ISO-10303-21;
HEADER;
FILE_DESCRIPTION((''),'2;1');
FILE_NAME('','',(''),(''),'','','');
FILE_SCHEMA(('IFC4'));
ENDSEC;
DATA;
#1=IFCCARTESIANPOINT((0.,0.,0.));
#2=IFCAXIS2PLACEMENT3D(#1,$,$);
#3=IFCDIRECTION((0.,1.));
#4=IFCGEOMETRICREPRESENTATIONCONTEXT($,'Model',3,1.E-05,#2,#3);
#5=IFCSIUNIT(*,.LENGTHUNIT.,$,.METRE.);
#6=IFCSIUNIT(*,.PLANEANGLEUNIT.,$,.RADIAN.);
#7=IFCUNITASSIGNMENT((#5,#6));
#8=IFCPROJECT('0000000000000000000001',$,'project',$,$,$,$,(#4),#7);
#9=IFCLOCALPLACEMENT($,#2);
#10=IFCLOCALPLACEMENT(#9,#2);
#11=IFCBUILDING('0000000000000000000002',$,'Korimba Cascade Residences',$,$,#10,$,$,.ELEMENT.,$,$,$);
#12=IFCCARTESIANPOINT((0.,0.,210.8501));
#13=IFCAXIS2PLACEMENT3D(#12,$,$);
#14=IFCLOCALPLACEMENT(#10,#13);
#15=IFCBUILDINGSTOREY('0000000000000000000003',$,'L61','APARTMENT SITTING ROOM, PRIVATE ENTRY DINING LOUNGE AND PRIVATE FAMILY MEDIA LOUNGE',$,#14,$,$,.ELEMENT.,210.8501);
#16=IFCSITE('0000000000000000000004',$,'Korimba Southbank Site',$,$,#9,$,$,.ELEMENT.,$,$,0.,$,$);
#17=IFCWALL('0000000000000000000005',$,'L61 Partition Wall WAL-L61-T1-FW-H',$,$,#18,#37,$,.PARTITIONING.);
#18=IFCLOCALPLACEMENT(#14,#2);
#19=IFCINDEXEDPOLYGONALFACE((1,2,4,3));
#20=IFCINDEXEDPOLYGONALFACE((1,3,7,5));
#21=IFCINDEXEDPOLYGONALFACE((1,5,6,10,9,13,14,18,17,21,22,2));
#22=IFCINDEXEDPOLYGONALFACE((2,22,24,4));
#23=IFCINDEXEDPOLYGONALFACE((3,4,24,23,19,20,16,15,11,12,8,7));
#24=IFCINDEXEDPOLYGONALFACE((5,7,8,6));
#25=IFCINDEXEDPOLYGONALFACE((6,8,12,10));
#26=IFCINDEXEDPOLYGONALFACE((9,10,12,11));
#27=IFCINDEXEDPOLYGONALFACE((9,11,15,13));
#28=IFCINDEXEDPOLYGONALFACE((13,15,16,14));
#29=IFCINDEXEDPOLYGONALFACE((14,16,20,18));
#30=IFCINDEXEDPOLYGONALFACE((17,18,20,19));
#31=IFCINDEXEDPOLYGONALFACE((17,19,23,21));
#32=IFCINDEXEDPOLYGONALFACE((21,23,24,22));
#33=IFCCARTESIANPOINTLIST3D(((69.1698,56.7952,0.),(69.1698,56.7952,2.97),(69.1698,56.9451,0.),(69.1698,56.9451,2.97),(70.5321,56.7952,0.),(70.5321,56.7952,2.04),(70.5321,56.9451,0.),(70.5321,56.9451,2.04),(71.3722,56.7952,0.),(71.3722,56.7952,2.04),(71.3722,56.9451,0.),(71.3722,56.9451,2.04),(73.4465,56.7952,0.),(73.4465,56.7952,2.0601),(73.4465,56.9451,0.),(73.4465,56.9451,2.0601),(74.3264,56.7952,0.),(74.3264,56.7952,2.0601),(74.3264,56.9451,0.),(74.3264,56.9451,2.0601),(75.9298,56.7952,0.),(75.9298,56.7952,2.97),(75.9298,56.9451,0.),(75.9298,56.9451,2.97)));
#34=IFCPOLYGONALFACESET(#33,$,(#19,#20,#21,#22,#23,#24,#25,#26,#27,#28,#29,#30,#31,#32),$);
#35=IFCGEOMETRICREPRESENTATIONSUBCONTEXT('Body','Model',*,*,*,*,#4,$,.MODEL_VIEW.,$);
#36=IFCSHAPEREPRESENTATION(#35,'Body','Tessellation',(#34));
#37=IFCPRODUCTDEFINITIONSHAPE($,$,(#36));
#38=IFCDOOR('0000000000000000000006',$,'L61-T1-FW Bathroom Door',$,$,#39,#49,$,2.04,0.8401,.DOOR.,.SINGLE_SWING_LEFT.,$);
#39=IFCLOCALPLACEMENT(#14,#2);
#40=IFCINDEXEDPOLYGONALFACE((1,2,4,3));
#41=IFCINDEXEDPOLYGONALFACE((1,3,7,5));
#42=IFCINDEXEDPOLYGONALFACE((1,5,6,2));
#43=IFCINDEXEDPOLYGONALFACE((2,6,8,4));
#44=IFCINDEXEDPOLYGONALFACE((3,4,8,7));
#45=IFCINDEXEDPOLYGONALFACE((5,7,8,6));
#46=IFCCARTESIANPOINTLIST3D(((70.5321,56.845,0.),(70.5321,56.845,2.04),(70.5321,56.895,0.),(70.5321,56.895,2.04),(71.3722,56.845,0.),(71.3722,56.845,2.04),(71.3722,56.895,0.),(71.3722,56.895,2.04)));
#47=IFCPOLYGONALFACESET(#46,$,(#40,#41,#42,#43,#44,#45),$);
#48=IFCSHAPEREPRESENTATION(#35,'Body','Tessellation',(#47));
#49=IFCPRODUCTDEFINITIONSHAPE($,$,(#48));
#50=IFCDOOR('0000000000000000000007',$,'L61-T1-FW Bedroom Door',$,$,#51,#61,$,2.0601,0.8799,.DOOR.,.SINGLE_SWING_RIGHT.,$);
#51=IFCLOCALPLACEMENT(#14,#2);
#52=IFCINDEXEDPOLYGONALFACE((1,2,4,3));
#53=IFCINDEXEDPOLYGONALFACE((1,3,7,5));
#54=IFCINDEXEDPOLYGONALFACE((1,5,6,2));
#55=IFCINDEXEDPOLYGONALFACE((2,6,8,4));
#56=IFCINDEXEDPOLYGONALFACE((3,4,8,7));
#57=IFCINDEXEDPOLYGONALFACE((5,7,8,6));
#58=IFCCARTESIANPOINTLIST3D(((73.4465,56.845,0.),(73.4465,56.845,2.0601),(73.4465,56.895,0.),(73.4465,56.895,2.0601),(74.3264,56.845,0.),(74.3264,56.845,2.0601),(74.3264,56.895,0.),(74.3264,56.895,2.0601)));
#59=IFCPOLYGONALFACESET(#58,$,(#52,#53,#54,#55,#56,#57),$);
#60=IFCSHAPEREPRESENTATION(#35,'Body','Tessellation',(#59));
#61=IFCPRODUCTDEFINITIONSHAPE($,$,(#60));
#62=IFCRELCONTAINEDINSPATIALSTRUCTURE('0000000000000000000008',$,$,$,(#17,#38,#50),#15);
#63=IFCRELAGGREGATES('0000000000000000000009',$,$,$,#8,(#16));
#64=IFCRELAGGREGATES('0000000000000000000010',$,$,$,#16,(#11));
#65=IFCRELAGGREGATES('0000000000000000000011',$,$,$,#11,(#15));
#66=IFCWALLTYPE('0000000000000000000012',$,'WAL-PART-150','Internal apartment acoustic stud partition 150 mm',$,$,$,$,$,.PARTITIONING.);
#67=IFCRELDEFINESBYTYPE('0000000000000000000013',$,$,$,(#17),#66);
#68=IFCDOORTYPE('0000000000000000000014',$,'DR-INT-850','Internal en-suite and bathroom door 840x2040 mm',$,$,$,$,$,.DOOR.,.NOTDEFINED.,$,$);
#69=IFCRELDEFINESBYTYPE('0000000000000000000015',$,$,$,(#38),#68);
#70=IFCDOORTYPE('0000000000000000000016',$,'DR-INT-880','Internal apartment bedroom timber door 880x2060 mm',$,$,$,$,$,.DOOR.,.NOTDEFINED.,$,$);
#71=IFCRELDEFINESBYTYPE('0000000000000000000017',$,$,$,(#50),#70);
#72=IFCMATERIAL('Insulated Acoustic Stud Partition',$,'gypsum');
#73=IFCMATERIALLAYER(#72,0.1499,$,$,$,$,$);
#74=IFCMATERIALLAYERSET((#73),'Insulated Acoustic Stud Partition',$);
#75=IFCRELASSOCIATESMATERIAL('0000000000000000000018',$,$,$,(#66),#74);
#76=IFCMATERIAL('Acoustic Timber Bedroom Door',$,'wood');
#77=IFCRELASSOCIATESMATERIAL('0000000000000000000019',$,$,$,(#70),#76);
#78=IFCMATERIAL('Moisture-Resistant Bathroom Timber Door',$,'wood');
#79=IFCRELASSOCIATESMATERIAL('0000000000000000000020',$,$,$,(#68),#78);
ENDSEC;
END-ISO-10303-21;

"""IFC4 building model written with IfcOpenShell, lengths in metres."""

from ifc_helpers import new_model, si_unit, direction, frame, frame_2d, origin, place, context, subcontext, project, spatial, rectangle, extrude, material, layer, layer_set, type_object, element, fill, save


model = new_model("IFC4")

# Units and contexts
model_context = context("Model", 3, precision=1e-05, world=origin(), true_north=direction((0.0, 1.0)))
body_context = subcontext(model_context, "Body", "Model", "MODEL_VIEW")
ifc_project = project(units=[si_unit("LENGTHUNIT", "METRE"), si_unit("PLANEANGLEUNIT", "RADIAN")], contexts=[model_context])

# Site, building, storey
site_placement = place(None, origin())
site = spatial("IfcSite", under=ifc_project, at=site_placement, Name="Korimba Southbank Site", CompositionType="ELEMENT", RefElevation=0.0)
building_placement = place(site_placement, origin())
building = spatial("IfcBuilding", under=site, at=building_placement, Name="Korimba Cascade Residences", CompositionType="ELEMENT")
storey_placement = place(building_placement, frame((0.0, 0.0, 210.8501)))
storey = spatial("IfcBuildingStorey", under=building, at=storey_placement, Name="L61", Description="APARTMENT SITTING ROOM, PRIVATE ENTRY DINING LOUNGE AND PRIVATE FAMILY MEDIA LOUNGE", CompositionType="ELEMENT", Elevation=210.8501)

# Shared definitions
ifc_material_1 = material(Name="Insulated Acoustic Stud Partition", Category="gypsum")
ifc_layer_1 = layer(ifc_material_1, 0.1499)
ifc_layer_set_1 = layer_set([ifc_layer_1], Name="Insulated Acoustic Stud Partition")
wall_type_1 = type_object("IfcWallType", Name="WAL-PART-150", Description="Internal apartment acoustic stud partition 150 mm", PredefinedType="PARTITIONING", material=ifc_layer_set_1)
ifc_material_2 = material(Name="Acoustic Timber Bedroom Door", Category="wood")
door_type_1 = type_object("IfcDoorType", Name="DR-INT-880", Description="Internal apartment bedroom timber door 880x2060 mm", OperationType="NOTDEFINED", PredefinedType="DOOR", material=ifc_material_2)

# Wall, openings, doors
wall_1_placement = place(storey_placement, frame((69.1699, 56.8701, 0.0), z_axis=(0.0, 0.0, 1.0), x_axis=(1.0, 0.0, 0.0)))
wall_1 = element("IfcWall", 1, at=wall_1_placement, inside=storey, type_object=wall_type_1, Name="L61 Partition Wall WAL-L61-T1-FW-H", PredefinedType="PARTITIONING", context=body_context, shape_type="SweptSolid", body=[
    extrude(rectangle(XDim=6.76, YDim=0.1499, at=frame_2d((3.3799, 0.0))), origin(), (0.0, 0.0, 1.0), 2.97),
])
opening_1_placement = place(wall_1_placement, frame((1.3623, 0.0, 0.0)))
opening_1 = element("IfcOpeningElement", 2, at=opening_1_placement, cuts=wall_1, PredefinedType="OPENING", context=body_context, shape_type="SweptSolid", body=[
    extrude(rectangle(XDim=0.8401, YDim=2.04, at=frame_2d((0.4199, 1.02))), frame((0.0, 0.085, 0.0), z_axis=(0.0, -1.0, 0.0), x_axis=(1.0, 0.0, 0.0)), (0.0, 0.0, 1.0), 0.1699),
])
opening_2_placement = place(wall_1_placement, frame((4.2766, 0.0, 0.0)))
opening_2 = element("IfcOpeningElement", 3, at=opening_2_placement, cuts=wall_1, PredefinedType="OPENING", context=body_context, shape_type="SweptSolid", body=[
    extrude(rectangle(XDim=0.8799, YDim=2.0601, at=frame_2d((0.4399, 1.03))), frame((0.0, 0.085, 0.0), z_axis=(0.0, -1.0, 0.0), x_axis=(1.0, 0.0, 0.0)), (0.0, 0.0, 1.0), 0.1699),
])
ifc_material_3 = material(Name="Moisture-Resistant Bathroom Timber Door", Category="wood")
door_type_2 = type_object("IfcDoorType", Name="DR-INT-850", Description="Internal en-suite and bathroom door 840x2040 mm", OperationType="NOTDEFINED", PredefinedType="DOOR", material=ifc_material_3)
door_1_placement = place(opening_1_placement, origin())
door_1 = element("IfcDoor", 4, at=door_1_placement, inside=storey, type_object=door_type_2, Name="L61-T1-FW Bathroom Door", OperationType="SINGLE_SWING_LEFT", OverallHeight=2.04, OverallWidth=0.8401, PredefinedType="DOOR", context=body_context, shape_type="SweptSolid", body=[
    extrude(rectangle(XDim=0.8401, YDim=2.04, at=frame_2d((0.4199, 1.02))), frame((0.0, 0.0249, 0.0), z_axis=(0.0, -1.0, 0.0), x_axis=(1.0, 0.0, 0.0)), (0.0, 0.0, 1.0), 0.05),
])
fill(opening_1, door_1)
door_2_placement = place(opening_2_placement, origin())
door_2 = element("IfcDoor", 5, at=door_2_placement, inside=storey, type_object=door_type_1, Name="L61-T1-FW Bedroom Door", OperationType="SINGLE_SWING_RIGHT", OverallHeight=2.0601, OverallWidth=0.8799, PredefinedType="DOOR", context=body_context, shape_type="SweptSolid", body=[
    extrude(rectangle(XDim=0.8799, YDim=2.0601, at=frame_2d((0.4399, 1.03))), frame((0.0, 0.0249, 0.0), z_axis=(0.0, -1.0, 0.0), x_axis=(1.0, 0.0, 0.0)), (0.0, 0.0, 1.0), 0.05),
])
fill(opening_2, door_2)

save(model, "model.ifc")
